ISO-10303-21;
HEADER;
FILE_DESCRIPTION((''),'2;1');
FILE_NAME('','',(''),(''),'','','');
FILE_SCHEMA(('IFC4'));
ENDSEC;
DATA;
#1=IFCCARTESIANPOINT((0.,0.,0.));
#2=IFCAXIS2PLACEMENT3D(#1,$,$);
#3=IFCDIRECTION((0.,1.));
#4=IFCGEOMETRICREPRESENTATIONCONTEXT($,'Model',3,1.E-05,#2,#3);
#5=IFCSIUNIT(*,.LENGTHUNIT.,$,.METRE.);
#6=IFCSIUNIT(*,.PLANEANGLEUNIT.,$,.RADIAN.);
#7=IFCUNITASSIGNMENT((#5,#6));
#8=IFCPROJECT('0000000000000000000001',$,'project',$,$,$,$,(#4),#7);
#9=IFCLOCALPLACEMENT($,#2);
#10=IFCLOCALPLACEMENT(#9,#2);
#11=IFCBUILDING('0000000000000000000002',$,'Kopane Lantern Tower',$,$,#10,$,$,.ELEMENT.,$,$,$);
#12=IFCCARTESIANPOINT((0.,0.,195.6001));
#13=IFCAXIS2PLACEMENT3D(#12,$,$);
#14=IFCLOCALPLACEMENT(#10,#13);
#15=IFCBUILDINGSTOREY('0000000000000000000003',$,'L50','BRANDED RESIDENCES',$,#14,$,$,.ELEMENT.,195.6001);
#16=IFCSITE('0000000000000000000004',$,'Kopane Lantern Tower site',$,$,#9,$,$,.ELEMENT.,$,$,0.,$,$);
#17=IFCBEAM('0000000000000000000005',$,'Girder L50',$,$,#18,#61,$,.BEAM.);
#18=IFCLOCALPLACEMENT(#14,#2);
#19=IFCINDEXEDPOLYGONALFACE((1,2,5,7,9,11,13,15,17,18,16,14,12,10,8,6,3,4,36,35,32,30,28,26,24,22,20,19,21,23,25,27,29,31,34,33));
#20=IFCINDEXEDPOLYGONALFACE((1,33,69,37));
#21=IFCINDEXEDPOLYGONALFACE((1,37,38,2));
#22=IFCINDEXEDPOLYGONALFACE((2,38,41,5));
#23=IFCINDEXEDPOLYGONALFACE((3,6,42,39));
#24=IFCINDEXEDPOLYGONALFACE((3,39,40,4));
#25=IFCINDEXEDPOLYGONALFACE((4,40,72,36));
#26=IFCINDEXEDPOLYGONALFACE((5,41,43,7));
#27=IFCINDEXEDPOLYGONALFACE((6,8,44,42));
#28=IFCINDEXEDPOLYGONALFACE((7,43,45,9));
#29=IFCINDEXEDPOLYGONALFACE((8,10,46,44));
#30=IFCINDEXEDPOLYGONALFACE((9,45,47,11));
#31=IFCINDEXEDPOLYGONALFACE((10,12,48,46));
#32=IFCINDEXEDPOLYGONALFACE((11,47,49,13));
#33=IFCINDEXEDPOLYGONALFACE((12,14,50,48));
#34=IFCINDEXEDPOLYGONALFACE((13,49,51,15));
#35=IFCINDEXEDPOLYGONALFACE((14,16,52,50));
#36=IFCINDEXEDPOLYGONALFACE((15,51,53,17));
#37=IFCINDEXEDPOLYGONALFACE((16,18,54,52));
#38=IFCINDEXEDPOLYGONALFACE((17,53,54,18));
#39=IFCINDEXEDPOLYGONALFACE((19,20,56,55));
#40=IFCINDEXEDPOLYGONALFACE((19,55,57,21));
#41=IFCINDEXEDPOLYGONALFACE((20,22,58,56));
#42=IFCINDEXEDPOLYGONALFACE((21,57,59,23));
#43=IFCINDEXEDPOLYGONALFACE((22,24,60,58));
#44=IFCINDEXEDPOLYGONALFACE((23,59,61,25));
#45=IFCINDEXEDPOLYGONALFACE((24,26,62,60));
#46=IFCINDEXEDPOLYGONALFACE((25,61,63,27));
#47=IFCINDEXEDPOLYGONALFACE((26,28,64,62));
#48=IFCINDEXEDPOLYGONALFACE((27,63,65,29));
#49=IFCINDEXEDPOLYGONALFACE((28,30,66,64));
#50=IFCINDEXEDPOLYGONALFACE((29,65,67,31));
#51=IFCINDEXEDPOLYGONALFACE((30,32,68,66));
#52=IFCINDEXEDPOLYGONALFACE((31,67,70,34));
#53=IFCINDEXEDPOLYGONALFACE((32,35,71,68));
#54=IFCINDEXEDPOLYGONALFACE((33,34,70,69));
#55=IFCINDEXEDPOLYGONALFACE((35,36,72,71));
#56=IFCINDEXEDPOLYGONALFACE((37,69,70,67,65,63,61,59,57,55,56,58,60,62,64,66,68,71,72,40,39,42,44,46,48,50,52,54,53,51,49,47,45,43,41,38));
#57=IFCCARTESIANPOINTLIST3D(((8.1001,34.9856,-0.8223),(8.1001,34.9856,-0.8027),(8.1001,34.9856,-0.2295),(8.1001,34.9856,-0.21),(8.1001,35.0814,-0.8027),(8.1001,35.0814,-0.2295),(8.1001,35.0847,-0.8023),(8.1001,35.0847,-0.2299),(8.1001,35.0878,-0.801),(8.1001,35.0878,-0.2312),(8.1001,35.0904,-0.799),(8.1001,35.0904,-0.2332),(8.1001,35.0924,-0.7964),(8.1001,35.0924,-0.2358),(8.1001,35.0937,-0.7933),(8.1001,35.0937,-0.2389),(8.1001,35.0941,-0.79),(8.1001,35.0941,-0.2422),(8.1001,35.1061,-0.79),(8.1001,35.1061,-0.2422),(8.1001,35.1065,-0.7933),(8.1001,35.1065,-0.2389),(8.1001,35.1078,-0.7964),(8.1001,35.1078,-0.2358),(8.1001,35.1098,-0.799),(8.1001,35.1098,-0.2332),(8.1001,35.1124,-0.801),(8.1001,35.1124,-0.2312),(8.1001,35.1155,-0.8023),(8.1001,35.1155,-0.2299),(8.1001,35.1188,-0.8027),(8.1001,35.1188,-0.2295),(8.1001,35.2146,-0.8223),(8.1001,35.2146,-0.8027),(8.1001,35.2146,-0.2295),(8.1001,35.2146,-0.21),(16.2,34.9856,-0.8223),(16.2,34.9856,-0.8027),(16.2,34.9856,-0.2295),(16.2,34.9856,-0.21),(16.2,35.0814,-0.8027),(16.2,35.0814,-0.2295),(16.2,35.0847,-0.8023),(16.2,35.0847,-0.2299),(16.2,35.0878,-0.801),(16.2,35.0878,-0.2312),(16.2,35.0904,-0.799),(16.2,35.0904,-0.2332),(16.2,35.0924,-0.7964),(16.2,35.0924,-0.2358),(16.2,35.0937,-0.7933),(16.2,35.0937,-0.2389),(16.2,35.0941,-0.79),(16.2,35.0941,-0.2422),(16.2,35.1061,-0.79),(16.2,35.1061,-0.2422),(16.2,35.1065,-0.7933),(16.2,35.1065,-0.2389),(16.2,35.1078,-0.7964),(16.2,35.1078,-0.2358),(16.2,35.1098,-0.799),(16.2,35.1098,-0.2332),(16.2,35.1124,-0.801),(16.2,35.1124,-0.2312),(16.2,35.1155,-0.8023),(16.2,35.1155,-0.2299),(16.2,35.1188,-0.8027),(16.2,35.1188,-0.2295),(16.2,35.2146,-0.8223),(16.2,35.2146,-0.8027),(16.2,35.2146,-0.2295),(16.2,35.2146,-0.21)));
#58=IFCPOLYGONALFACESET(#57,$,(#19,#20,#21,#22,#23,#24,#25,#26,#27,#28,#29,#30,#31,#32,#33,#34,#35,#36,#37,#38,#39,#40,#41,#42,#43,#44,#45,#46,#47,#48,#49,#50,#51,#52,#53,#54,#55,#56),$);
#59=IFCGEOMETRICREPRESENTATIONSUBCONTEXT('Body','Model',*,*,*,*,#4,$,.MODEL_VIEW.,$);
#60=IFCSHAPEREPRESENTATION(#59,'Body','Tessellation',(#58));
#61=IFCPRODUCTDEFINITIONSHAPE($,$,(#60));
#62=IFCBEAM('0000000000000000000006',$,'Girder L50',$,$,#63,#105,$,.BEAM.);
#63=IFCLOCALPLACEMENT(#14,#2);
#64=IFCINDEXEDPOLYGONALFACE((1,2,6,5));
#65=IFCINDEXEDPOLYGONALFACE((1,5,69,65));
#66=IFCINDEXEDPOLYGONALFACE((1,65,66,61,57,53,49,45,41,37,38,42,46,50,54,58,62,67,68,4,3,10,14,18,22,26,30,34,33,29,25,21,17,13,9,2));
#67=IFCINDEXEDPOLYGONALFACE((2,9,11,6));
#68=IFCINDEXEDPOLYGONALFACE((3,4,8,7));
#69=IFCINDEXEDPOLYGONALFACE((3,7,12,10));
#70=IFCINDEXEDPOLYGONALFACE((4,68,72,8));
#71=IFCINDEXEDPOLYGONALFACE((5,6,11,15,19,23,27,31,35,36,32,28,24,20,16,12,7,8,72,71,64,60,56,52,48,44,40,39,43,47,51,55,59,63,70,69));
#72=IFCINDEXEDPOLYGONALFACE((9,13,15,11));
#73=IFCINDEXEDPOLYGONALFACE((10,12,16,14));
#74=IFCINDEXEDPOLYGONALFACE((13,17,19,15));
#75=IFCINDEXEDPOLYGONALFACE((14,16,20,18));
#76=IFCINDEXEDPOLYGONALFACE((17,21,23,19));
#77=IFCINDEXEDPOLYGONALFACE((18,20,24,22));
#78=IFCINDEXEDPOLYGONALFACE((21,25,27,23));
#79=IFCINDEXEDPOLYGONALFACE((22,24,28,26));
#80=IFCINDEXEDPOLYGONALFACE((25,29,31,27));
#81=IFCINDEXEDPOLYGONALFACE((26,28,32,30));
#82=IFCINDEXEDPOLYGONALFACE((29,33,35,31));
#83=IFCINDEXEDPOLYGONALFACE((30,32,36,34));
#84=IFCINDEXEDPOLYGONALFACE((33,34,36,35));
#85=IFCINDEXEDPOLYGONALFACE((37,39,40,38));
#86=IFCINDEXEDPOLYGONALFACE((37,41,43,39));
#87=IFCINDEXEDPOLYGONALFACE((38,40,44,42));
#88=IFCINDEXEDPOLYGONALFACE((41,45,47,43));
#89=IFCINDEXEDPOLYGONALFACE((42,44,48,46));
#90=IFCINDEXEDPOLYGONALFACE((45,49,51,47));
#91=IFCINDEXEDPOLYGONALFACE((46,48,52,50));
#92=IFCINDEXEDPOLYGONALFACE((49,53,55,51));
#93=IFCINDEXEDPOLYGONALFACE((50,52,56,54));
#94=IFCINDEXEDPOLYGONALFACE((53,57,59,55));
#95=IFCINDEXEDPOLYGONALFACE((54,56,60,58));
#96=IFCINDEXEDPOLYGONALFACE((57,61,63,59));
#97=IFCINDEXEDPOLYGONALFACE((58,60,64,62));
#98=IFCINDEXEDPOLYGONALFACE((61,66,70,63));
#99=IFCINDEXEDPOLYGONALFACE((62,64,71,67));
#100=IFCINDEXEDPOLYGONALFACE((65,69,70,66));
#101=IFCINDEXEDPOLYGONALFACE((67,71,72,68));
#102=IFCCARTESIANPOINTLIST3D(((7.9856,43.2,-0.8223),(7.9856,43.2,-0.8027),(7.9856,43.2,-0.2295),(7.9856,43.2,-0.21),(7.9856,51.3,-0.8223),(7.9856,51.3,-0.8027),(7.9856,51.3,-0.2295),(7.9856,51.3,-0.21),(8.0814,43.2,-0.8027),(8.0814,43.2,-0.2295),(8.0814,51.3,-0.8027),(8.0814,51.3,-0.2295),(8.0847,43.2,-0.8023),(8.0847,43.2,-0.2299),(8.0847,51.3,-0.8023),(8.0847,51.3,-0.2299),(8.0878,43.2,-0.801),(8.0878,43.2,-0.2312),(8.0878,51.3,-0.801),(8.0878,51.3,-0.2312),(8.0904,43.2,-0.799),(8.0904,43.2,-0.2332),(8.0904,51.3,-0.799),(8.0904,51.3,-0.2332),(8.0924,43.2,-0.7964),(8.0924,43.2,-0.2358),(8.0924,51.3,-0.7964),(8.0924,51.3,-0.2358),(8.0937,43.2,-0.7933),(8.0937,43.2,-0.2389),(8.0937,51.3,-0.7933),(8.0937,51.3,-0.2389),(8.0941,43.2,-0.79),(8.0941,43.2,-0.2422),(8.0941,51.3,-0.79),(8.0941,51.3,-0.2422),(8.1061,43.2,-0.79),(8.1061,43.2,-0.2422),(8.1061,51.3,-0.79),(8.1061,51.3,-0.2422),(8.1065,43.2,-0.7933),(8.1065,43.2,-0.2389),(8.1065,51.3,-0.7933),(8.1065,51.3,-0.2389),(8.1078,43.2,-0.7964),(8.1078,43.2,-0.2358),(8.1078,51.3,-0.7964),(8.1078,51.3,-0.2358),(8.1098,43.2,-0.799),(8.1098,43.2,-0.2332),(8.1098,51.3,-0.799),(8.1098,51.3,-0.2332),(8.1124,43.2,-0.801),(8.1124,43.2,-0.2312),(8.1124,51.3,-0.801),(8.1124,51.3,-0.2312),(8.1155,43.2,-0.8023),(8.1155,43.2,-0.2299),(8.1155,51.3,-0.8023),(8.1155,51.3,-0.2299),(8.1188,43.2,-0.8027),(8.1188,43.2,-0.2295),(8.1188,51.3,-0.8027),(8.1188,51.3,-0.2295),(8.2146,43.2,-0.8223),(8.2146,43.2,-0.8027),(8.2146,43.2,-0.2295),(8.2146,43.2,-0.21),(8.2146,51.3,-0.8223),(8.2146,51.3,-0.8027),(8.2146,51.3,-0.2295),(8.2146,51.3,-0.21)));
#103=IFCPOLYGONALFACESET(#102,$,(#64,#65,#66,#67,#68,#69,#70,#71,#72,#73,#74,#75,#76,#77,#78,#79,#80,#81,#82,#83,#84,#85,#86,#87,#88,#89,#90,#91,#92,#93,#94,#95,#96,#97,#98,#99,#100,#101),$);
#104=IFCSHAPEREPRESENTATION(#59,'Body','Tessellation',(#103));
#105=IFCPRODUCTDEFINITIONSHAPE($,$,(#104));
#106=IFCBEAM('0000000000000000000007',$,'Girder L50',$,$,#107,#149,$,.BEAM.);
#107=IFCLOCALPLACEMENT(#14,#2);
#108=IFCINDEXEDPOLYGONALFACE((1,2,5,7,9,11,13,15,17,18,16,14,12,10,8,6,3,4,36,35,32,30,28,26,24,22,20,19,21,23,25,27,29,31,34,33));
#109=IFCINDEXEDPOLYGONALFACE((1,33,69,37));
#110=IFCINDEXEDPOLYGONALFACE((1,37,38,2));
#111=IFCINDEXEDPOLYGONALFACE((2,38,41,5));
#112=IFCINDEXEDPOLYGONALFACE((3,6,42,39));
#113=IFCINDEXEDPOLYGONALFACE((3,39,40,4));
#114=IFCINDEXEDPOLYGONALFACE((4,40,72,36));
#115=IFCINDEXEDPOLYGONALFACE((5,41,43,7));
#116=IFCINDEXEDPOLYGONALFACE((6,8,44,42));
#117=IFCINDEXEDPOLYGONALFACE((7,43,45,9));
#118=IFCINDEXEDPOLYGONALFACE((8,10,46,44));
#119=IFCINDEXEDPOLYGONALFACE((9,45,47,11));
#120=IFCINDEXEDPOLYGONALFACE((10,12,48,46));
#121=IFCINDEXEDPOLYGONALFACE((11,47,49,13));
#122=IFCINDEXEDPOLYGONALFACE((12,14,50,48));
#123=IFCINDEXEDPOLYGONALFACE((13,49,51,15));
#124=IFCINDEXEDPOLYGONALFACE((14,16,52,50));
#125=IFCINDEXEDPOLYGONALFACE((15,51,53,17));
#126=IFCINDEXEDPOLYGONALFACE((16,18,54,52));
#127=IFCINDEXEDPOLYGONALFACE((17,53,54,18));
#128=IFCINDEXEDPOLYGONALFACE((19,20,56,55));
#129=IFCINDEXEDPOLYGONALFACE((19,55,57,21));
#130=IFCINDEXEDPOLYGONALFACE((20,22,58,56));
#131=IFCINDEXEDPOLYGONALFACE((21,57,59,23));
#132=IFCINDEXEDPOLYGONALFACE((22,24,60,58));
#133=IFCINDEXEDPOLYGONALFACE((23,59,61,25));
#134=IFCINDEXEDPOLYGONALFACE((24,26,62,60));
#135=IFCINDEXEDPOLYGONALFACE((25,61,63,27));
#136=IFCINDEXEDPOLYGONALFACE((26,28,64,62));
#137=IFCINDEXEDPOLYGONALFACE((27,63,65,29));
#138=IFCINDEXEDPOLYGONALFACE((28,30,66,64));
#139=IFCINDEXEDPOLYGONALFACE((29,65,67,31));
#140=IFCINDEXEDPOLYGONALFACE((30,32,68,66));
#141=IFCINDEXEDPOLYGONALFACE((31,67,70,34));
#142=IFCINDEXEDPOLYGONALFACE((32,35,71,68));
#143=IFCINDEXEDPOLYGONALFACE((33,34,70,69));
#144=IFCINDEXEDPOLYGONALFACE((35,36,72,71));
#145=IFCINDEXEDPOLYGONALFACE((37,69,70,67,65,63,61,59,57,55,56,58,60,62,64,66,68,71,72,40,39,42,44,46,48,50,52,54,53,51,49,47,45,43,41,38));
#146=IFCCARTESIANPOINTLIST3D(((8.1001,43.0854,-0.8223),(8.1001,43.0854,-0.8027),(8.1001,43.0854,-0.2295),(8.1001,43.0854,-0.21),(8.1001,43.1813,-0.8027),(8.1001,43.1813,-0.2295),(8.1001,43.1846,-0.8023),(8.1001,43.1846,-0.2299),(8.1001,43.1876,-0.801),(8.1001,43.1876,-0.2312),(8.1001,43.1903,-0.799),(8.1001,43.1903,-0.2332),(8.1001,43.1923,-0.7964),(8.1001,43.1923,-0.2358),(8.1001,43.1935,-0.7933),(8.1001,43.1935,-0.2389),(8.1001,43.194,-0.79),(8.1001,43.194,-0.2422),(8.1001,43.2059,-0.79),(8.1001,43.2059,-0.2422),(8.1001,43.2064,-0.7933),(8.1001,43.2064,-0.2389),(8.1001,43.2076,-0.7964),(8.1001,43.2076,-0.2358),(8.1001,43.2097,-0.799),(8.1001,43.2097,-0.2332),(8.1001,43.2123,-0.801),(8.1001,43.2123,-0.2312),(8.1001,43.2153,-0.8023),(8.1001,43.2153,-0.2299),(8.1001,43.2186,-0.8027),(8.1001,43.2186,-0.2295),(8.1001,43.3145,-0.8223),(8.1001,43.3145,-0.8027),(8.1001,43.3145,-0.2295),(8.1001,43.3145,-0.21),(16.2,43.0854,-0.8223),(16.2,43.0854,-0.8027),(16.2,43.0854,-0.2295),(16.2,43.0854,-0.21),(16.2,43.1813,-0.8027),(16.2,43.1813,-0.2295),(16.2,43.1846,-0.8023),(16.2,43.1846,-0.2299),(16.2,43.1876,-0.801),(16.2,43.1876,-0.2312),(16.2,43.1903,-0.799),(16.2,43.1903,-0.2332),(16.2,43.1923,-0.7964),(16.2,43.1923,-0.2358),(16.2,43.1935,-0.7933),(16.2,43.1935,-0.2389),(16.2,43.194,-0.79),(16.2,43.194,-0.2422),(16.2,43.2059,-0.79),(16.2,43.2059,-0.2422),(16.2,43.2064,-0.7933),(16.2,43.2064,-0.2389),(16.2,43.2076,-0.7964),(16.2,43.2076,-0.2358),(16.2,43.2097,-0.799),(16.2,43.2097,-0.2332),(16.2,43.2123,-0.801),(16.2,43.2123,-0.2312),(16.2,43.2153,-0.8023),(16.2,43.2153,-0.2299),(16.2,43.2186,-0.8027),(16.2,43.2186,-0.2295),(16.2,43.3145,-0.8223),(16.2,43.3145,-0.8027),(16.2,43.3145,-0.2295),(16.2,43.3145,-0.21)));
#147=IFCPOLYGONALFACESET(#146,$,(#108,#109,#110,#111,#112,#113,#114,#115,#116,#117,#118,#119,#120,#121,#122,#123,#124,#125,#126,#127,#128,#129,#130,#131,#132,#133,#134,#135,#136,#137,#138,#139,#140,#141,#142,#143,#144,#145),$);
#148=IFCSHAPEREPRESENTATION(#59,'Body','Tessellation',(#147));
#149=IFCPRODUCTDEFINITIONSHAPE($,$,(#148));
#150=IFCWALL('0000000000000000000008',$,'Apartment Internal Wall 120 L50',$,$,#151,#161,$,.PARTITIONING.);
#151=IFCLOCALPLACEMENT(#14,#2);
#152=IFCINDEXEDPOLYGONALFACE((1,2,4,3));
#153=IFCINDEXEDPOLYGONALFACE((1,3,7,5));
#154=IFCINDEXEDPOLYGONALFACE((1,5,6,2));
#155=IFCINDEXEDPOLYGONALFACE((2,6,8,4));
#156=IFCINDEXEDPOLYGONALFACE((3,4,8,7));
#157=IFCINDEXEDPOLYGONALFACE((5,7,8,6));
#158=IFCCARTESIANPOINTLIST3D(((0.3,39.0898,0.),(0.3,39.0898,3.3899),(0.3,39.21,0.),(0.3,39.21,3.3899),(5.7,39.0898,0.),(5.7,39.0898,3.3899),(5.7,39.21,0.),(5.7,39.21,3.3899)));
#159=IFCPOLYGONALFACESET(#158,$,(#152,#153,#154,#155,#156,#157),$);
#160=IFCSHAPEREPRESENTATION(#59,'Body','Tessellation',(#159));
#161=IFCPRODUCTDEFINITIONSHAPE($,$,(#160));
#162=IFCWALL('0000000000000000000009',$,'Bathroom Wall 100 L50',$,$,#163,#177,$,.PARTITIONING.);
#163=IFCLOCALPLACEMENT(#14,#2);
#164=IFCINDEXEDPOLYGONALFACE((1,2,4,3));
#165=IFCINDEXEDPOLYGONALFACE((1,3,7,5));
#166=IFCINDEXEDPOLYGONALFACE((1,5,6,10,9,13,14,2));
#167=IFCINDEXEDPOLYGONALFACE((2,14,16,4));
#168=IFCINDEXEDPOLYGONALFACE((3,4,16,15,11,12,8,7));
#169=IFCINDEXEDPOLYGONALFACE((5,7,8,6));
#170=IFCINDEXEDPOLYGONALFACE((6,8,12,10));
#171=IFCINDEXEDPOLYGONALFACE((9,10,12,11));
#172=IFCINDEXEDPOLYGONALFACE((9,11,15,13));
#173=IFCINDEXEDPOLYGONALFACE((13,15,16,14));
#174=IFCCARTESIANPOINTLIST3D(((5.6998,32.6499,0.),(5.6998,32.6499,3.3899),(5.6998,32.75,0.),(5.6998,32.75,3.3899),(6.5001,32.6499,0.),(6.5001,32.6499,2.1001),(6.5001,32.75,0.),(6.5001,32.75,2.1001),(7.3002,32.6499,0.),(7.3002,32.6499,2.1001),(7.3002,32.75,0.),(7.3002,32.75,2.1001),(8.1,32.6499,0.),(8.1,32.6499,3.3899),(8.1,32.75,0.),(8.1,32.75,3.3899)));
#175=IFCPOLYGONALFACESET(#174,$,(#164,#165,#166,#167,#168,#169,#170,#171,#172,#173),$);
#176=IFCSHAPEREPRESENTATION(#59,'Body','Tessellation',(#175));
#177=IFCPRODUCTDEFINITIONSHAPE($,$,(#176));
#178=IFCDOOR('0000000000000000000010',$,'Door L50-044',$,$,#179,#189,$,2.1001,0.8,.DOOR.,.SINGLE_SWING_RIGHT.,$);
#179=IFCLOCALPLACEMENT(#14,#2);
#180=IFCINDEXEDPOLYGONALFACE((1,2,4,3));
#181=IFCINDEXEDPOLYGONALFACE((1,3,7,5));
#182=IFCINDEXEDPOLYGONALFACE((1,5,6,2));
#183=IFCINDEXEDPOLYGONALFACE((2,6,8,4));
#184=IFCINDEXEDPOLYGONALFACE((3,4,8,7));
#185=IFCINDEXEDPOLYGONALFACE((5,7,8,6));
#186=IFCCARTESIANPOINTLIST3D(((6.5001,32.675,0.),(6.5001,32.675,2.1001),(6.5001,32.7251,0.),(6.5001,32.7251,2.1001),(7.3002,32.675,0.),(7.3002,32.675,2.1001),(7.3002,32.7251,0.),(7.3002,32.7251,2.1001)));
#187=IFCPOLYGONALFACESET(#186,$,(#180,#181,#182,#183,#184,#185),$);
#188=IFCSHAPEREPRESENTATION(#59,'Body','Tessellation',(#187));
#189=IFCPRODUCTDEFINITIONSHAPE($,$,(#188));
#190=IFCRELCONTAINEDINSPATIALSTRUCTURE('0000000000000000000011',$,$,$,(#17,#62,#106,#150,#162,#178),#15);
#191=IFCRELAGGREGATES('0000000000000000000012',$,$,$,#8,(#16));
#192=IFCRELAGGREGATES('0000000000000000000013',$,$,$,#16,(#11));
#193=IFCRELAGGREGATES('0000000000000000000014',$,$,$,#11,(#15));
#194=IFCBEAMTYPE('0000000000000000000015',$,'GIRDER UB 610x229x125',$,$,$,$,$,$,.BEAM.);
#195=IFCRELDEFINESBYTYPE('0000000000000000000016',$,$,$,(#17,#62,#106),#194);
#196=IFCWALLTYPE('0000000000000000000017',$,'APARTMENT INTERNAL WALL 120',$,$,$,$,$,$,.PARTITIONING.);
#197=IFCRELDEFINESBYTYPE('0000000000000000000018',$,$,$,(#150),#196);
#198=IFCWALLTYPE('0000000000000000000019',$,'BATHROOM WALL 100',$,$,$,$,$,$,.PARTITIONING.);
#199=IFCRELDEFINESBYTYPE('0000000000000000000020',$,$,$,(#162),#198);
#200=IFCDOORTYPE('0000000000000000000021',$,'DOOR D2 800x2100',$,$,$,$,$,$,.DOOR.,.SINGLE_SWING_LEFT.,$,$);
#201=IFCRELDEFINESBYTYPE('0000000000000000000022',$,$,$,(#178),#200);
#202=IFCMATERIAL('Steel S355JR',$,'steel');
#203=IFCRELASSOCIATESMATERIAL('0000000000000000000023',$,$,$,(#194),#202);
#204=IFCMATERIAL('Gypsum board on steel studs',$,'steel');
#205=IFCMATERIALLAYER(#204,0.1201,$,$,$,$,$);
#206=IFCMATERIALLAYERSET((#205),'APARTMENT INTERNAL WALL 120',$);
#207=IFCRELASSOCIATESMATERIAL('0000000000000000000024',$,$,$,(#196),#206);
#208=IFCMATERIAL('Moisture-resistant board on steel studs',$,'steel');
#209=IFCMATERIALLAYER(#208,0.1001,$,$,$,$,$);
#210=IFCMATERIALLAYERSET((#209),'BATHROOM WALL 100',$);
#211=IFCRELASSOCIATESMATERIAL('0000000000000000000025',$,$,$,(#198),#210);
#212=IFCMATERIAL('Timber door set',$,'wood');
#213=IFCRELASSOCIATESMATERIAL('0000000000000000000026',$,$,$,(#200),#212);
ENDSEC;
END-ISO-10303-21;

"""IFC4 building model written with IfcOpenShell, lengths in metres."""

from ifc_helpers import new_model, si_unit, direction, frame, frame_2d, origin, origin_2d, place, context, subcontext, project, spatial, rectangle, i_section, extrude, material, layer, layer_set, material_profile, profile_set, type_object, element, fill, save


model = new_model("IFC4")

# Units and contexts
model_context = context("Model", 3, precision=1e-05, world=origin(), true_north=direction((0.0, 1.0)))
body_context = subcontext(model_context, "Body", "Model", "MODEL_VIEW")
ifc_project = project(units=[si_unit("LENGTHUNIT", "METRE"), si_unit("PLANEANGLEUNIT", "RADIAN")], contexts=[model_context])

# Site, building, storey
site_placement = place(None, origin())
site = spatial("IfcSite", under=ifc_project, at=site_placement, Name="Kopane Lantern Tower site", CompositionType="ELEMENT", RefElevation=0.0)
building_placement = place(site_placement, origin())
building = spatial("IfcBuilding", under=site, at=building_placement, Name="Kopane Lantern Tower", CompositionType="ELEMENT")
storey_placement = place(building_placement, frame((0.0, 0.0, 195.6001)))
storey = spatial("IfcBuildingStorey", under=building, at=storey_placement, Name="L50", Description="BRANDED RESIDENCES", CompositionType="ELEMENT", Elevation=195.6001)

# Beams
ifc_material_1 = material(Name="Steel S355JR", Category="steel")
ifc_material_profile_1 = material_profile(ifc_material_1, i_section(OverallWidth=0.229, OverallDepth=0.6123, WebThickness=0.012, FlangeThickness=0.0195, FilletRadius=0.0127, at=origin_2d()), Name="UB 610x229x125")
ifc_profile_set_1 = profile_set([ifc_material_profile_1], Name="Steel S355JR")
beam_type = type_object("IfcBeamType", Name="GIRDER UB 610x229x125", PredefinedType="BEAM", material=ifc_profile_set_1)
for number, where, z_axis, x_axis, name in (
    (1, (8.1001, 35.1001, -0.5161), (1.0, 0.0, 0.0), (0.0, 1.0, 0.0), "Girder L50"),
):
    element("IfcBeam", number, at=place(storey_placement, frame(where, z_axis=z_axis, x_axis=x_axis)), inside=storey, type_object=beam_type, Name=name, PredefinedType="BEAM", context=body_context, shape_type="SweptSolid", body=[
        extrude(i_section(OverallWidth=0.229, OverallDepth=0.6123, WebThickness=0.012, FlangeThickness=0.0195, FilletRadius=0.0127, at=origin_2d()), origin(), (0.0, 0.0, 1.0), 8.0999),
    ])
beam_1_placement = place(storey_placement, frame((8.1001, 43.2, -0.5161), z_axis=(0.0, 1.0, 0.0), x_axis=(-1.0, 0.0, 0.0)))
element("IfcBeam", 2, at=beam_1_placement, inside=storey, type_object=beam_type, Name="Girder L50", PredefinedType="BEAM", context=body_context, shape_type="SweptSolid", body=[
    extrude(i_section(OverallWidth=0.229, OverallDepth=0.6123, WebThickness=0.012, FlangeThickness=0.0195, FilletRadius=0.0127, at=origin_2d()), origin(), (0.0, 0.0, 1.0), 8.1001),
])
beam_2_placement = place(storey_placement, frame((8.1001, 43.2, -0.5161), z_axis=(1.0, 0.0, 0.0), x_axis=(0.0, 1.0, 0.0)))
element("IfcBeam", 3, at=beam_2_placement, inside=storey, type_object=beam_type, Name="Girder L50", PredefinedType="BEAM", context=body_context, shape_type="SweptSolid", body=[
    extrude(i_section(OverallWidth=0.229, OverallDepth=0.6123, WebThickness=0.012, FlangeThickness=0.0195, FilletRadius=0.0127, at=origin_2d()), origin(), (0.0, 0.0, 1.0), 8.0999),
])

# Wall
ifc_material_2 = material(Name="Gypsum board on steel studs", Category="steel")
ifc_layer_1 = layer(ifc_material_2, 0.1201)
ifc_layer_set_1 = layer_set([ifc_layer_1], Name="APARTMENT INTERNAL WALL 120")
wall_type_1 = type_object("IfcWallType", Name="APARTMENT INTERNAL WALL 120", PredefinedType="PARTITIONING", material=ifc_layer_set_1)
wall_1_placement = place(storey_placement, frame((5.7, 39.1499, 0.0), z_axis=(0.0, 0.0, 1.0), x_axis=(-1.0, 0.0, 0.0)))
element("IfcWall", 4, at=wall_1_placement, inside=storey, type_object=wall_type_1, Name="Apartment Internal Wall 120 L50", PredefinedType="PARTITIONING", context=body_context, shape_type="SweptSolid", body=[
    extrude(rectangle(XDim=5.3999, YDim=0.1201, at=frame_2d((2.7, 0.0))), origin(), (0.0, 0.0, 1.0), 3.3899),
])

# Wall, opening, door
ifc_material_3 = material(Name="Moisture-resistant board on steel studs", Category="steel")
ifc_layer_2 = layer(ifc_material_3, 0.1001)
ifc_layer_set_2 = layer_set([ifc_layer_2], Name="BATHROOM WALL 100")
wall_type_2 = type_object("IfcWallType", Name="BATHROOM WALL 100", PredefinedType="PARTITIONING", material=ifc_layer_set_2)
wall_2_placement = place(storey_placement, frame((8.1001, 32.7, 0.0), z_axis=(0.0, 0.0, 1.0), x_axis=(-1.0, 0.0, 0.0)))
wall_2 = element("IfcWall", 5, at=wall_2_placement, inside=storey, type_object=wall_type_2, Name="Bathroom Wall 100 L50", PredefinedType="PARTITIONING", context=body_context, shape_type="SweptSolid", body=[
    extrude(rectangle(XDim=2.4001, YDim=0.1001, at=frame_2d((1.2002, 0.0))), origin(), (0.0, 0.0, 1.0), 3.3899),
])
opening_1_placement = place(wall_2_placement, frame((0.8, 0.0, 0.0)))
opening_1 = element("IfcOpeningElement", 6, at=opening_1_placement, cuts=wall_2, PredefinedType="OPENING", context=body_context, shape_type="SweptSolid", body=[
    extrude(rectangle(XDim=0.8, YDim=2.1001, at=frame_2d((0.3999, 1.05))), frame((0.0, 0.0601, 0.0), z_axis=(0.0, -1.0, 0.0), x_axis=(1.0, 0.0, 0.0)), (0.0, 0.0, 1.0), 0.1201),
])
ifc_material_4 = material(Name="Timber door set", Category="wood")
door_type_1 = type_object("IfcDoorType", Name="DOOR D2 800x2100", OperationType="SINGLE_SWING_LEFT", PredefinedType="DOOR", material=ifc_material_4)
door_1_placement = place(opening_1_placement, origin())
door_1 = element("IfcDoor", 7, at=door_1_placement, inside=storey, type_object=door_type_1, Name="Door L50-044", OperationType="SINGLE_SWING_RIGHT", OverallHeight=2.1001, OverallWidth=0.8, PredefinedType="DOOR", context=body_context, shape_type="SweptSolid", body=[
    extrude(rectangle(XDim=0.8, YDim=2.1001, at=frame_2d((0.3999, 1.05))), frame((0.0, 0.0249, 0.0), z_axis=(0.0, -1.0, 0.0), x_axis=(1.0, 0.0, 0.0)), (0.0, 0.0, 1.0), 0.05),
])
fill(opening_1, door_1)

save(model, "model.ifc")
